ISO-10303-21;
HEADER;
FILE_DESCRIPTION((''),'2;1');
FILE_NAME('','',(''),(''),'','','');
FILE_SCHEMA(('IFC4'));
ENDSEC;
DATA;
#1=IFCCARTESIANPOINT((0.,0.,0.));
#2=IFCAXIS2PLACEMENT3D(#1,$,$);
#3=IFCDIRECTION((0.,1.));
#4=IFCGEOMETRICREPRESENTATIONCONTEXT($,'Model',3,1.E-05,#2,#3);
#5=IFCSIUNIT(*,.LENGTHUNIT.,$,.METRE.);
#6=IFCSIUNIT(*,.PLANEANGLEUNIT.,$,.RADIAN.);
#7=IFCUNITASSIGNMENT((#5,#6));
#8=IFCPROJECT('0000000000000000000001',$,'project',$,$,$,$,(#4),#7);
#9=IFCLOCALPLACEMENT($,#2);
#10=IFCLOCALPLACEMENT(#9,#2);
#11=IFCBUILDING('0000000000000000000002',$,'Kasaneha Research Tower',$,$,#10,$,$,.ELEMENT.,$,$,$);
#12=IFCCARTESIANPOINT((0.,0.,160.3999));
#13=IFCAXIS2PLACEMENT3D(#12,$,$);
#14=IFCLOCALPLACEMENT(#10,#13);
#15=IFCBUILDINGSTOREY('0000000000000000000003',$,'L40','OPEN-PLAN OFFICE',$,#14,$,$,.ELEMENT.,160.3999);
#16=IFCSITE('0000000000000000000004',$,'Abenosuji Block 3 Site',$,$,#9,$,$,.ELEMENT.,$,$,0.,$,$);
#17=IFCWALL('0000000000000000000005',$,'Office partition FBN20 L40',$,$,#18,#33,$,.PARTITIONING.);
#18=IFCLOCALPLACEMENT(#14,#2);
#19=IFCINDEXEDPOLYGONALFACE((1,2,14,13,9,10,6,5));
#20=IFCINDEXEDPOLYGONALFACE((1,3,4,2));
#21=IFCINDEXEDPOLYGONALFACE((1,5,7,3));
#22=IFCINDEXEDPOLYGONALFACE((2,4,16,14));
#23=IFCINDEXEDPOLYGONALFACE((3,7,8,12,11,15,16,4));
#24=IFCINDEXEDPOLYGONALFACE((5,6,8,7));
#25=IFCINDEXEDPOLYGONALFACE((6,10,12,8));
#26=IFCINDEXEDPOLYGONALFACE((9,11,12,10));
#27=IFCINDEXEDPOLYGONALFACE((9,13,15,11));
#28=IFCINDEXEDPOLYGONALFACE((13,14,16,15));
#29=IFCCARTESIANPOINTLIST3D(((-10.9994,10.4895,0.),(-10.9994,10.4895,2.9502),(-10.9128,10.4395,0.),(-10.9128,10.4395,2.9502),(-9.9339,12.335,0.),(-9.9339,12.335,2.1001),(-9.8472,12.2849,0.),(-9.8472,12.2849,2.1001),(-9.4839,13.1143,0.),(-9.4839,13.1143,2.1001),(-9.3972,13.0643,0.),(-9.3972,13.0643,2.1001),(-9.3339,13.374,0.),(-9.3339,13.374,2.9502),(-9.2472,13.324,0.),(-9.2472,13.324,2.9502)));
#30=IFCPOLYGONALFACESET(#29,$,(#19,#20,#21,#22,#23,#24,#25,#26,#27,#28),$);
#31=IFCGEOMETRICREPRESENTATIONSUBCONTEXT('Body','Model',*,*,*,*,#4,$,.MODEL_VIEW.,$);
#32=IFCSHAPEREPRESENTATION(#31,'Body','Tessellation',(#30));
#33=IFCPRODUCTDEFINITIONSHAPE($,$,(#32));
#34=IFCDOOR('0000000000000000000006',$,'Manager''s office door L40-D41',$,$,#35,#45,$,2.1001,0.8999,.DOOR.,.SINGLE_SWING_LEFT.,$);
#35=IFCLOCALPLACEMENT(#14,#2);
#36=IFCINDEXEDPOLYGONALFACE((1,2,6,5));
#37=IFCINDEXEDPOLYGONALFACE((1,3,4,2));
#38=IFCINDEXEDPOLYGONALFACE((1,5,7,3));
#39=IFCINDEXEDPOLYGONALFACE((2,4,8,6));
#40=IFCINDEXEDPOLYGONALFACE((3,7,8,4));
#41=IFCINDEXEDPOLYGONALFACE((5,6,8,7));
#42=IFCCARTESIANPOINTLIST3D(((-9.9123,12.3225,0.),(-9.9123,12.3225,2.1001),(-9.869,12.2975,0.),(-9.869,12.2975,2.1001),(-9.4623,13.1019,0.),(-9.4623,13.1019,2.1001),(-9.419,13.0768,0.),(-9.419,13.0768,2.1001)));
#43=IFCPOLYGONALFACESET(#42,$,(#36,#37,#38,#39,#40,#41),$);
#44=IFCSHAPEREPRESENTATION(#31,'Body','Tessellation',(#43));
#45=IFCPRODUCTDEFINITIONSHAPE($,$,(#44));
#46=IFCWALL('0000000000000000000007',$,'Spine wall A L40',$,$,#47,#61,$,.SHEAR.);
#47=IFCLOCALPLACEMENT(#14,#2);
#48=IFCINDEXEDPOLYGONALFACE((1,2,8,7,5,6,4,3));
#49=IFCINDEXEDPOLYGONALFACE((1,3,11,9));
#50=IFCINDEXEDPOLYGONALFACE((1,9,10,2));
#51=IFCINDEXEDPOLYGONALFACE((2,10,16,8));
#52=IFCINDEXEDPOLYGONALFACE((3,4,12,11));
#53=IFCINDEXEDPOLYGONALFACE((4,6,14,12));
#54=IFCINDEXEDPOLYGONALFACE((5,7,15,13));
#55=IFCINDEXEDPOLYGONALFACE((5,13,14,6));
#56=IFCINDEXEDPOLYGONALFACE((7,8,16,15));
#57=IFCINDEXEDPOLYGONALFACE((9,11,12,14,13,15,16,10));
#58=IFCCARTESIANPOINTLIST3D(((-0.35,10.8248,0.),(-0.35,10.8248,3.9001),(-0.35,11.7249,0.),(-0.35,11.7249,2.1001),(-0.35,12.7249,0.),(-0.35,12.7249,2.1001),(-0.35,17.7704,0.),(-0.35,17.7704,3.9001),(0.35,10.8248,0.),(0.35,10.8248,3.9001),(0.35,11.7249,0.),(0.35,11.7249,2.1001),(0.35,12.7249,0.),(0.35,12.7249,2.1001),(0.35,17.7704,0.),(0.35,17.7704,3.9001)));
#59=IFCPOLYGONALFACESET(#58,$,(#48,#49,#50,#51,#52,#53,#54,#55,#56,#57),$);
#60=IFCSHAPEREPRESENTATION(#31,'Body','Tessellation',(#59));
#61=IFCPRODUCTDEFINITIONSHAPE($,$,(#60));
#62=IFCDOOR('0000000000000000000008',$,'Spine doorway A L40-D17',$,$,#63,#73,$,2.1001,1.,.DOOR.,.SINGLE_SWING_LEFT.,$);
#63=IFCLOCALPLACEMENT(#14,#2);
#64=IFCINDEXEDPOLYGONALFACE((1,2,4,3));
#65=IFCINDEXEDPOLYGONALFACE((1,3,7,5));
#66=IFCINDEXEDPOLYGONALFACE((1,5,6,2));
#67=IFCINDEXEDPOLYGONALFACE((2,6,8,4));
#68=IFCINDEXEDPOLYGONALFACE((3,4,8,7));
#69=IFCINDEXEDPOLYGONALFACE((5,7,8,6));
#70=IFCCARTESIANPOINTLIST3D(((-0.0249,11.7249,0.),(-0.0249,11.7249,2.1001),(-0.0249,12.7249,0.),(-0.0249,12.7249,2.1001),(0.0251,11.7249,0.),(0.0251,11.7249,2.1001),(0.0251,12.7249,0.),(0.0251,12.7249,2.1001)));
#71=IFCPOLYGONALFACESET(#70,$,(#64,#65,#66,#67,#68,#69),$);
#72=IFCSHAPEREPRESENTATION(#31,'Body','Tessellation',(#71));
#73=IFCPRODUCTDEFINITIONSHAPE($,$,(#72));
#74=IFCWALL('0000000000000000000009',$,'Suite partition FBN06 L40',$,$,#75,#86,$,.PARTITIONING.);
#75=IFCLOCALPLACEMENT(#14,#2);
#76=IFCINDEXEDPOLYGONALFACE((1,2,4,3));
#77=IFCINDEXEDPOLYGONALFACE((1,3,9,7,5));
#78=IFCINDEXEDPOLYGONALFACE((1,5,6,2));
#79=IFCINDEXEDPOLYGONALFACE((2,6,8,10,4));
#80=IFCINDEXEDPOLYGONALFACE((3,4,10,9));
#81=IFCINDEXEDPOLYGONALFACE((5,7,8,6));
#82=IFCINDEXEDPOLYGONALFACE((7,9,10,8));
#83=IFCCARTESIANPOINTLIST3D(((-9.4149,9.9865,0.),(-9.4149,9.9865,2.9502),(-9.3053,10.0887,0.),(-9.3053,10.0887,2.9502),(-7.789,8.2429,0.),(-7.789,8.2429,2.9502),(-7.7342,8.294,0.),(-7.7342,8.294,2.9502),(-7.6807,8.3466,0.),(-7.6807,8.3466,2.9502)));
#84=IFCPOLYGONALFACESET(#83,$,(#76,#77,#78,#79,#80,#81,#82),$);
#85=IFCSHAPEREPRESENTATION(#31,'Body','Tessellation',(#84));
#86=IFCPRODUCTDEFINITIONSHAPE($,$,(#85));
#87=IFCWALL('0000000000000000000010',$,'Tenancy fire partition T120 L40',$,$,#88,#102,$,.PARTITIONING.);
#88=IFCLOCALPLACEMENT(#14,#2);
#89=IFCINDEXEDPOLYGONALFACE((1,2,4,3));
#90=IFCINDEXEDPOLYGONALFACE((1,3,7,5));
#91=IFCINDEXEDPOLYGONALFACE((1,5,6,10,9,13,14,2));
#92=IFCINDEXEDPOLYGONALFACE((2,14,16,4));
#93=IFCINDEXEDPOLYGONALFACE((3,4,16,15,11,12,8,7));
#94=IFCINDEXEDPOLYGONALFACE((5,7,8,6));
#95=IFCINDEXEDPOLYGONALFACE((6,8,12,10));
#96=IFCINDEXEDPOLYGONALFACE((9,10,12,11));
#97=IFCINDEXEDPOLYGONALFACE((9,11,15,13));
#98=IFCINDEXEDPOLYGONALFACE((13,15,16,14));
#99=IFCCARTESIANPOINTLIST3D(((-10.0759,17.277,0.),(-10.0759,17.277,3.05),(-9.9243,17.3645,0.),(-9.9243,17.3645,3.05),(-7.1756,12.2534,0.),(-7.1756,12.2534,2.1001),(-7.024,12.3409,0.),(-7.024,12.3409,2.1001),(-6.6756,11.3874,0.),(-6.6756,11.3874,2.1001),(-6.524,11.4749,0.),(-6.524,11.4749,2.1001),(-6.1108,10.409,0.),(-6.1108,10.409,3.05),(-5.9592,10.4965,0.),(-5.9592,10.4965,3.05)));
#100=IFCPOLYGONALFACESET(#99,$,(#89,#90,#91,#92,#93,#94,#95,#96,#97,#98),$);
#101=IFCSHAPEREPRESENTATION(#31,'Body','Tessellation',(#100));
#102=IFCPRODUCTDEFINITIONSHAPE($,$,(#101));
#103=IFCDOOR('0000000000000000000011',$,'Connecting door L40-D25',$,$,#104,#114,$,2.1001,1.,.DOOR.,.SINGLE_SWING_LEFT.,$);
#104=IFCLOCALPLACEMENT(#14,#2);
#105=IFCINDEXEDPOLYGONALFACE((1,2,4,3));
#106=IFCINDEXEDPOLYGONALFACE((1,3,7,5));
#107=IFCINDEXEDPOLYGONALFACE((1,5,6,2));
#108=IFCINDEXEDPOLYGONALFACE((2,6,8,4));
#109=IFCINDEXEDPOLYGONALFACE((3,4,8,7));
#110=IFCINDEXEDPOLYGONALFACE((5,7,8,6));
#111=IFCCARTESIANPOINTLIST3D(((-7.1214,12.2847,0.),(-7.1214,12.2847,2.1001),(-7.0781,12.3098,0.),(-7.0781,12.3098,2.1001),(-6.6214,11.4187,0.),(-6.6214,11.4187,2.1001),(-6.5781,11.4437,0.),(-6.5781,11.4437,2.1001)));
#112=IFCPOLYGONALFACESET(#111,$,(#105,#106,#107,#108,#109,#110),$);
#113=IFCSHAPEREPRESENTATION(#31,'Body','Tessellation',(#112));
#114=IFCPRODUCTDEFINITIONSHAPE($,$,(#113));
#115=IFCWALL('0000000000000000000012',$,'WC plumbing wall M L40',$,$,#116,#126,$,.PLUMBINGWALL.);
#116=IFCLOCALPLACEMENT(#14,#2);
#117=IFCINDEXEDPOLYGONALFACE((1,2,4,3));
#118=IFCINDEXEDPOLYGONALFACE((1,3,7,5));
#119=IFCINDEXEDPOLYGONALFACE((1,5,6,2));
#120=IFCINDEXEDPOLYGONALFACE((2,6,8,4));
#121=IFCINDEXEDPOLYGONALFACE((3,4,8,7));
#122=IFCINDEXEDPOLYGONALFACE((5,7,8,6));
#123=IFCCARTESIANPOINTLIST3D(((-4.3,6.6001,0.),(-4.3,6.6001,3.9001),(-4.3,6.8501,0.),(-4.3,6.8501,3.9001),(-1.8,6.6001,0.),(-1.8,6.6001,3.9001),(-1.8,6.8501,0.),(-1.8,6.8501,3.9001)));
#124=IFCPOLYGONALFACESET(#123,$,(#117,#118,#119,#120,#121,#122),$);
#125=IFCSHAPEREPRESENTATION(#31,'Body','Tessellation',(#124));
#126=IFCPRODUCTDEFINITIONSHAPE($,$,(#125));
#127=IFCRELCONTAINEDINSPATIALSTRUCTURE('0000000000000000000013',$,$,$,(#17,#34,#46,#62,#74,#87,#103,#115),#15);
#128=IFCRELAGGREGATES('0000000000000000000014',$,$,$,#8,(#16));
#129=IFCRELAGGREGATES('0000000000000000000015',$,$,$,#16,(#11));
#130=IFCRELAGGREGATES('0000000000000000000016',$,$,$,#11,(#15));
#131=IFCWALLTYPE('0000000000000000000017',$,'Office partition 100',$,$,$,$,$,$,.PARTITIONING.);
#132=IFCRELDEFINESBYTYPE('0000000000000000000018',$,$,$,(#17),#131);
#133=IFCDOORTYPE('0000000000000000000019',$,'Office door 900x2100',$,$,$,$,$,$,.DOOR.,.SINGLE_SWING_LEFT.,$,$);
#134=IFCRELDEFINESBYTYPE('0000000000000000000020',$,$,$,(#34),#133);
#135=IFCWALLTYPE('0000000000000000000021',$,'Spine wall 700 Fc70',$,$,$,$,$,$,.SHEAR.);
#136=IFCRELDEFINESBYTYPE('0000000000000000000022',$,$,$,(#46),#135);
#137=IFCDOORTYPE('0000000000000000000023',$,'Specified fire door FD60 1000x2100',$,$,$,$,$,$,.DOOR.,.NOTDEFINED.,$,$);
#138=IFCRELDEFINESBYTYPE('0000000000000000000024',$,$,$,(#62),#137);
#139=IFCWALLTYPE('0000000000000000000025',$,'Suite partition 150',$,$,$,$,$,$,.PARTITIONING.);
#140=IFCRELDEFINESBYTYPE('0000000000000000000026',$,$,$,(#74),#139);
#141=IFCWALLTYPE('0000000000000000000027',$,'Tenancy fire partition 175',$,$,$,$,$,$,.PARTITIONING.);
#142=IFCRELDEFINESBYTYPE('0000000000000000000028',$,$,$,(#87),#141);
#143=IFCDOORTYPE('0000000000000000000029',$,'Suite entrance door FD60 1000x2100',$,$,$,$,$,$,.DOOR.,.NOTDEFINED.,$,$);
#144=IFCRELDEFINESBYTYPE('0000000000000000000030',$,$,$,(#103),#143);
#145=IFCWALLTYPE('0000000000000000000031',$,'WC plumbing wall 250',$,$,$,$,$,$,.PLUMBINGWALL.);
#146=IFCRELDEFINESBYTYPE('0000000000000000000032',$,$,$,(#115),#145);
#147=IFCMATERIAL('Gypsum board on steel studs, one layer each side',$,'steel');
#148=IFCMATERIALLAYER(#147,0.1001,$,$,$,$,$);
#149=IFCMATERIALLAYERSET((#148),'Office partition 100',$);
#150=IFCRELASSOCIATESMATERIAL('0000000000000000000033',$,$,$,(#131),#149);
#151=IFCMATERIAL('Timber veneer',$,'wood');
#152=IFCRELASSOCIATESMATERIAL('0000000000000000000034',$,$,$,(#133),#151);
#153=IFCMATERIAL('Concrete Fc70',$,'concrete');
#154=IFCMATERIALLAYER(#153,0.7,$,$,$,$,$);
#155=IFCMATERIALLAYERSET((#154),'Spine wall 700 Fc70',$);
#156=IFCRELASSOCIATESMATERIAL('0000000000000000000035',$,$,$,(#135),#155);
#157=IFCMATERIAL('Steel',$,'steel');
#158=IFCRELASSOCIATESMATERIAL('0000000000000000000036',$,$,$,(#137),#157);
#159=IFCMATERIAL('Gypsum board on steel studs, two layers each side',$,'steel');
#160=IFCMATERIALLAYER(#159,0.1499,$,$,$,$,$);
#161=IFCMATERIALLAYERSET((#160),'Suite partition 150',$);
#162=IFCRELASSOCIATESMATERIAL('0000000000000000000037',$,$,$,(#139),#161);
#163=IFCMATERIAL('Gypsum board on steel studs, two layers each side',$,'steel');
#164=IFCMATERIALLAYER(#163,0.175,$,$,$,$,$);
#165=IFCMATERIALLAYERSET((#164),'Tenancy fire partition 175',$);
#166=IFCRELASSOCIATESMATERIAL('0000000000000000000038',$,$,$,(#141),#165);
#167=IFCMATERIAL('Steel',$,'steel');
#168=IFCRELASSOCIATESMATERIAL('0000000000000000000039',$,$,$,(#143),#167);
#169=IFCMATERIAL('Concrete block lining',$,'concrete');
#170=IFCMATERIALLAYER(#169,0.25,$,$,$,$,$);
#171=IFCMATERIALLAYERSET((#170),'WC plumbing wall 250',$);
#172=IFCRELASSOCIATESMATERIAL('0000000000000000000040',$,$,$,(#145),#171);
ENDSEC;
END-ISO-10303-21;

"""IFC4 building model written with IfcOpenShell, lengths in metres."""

from ifc_helpers import new_model, si_unit, direction, frame, frame_2d, origin, place, context, subcontext, project, spatial, polyline, rectangle, outline, extrude, material, layer, layer_set, type_object, element, fill, save


model = new_model("IFC4")

# Units and contexts
model_context = context("Model", 3, precision=1e-05, world=origin(), true_north=direction((0.0, 1.0)))
body_context = subcontext(model_context, "Body", "Model", "MODEL_VIEW")
ifc_project = project(units=[si_unit("LENGTHUNIT", "METRE"), si_unit("PLANEANGLEUNIT", "RADIAN")], contexts=[model_context])

# Site, building, storey
site_placement = place(None, origin())
site = spatial("IfcSite", under=ifc_project, at=site_placement, Name="Abenosuji Block 3 Site", CompositionType="ELEMENT", RefElevation=0.0)
building_placement = place(site_placement, origin())
building = spatial("IfcBuilding", under=site, at=building_placement, Name="Kasaneha Research Tower", CompositionType="ELEMENT")
storey_placement = place(building_placement, frame((0.0, 0.0, 160.3999)))
storey = spatial("IfcBuildingStorey", under=building, at=storey_placement, Name="L40", Description="OPEN-PLAN OFFICE", CompositionType="ELEMENT", Elevation=160.3999)

# Shared definitions
ifc_material_1 = material(Name="Gypsum board on steel studs, one layer each side", Category="steel")
ifc_layer_1 = layer(ifc_material_1, 0.1001)
ifc_layer_set_1 = layer_set([ifc_layer_1], Name="Office partition 100")
wall_type_1 = type_object("IfcWallType", Name="Office partition 100", PredefinedType="PARTITIONING", material=ifc_layer_set_1)

# Walls, openings, doors
wall_1_placement = place(storey_placement, frame((-9.2905, 13.3491, 0.0), z_axis=(0.0, 0.0, 1.0), x_axis=(-0.500033, -0.866006, 0.0)))
wall_1 = element("IfcWall", 1, at=wall_1_placement, inside=storey, type_object=wall_type_1, Name="Office partition FBN20 L40", PredefinedType="PARTITIONING", context=body_context, shape_type="SweptSolid", body=[
    extrude(rectangle(XDim=3.3308, YDim=0.1001, at=frame_2d((1.6655, 0.0))), origin(), (0.0, 0.0, 1.0), 2.9502),
])
opening_1_placement = place(wall_1_placement, frame((0.3, 0.0, 0.0)))
opening_1 = element("IfcOpeningElement", 2, at=opening_1_placement, cuts=wall_1, PredefinedType="OPENING", context=body_context, shape_type="SweptSolid", body=[
    extrude(rectangle(XDim=0.8999, YDim=2.1001, at=frame_2d((0.45, 1.05))), frame((0.0, 0.0601, 0.0), z_axis=(0.0, -1.0, 0.0), x_axis=(1.0, 0.0, 0.0)), (0.0, 0.0, 1.0), 0.1201),
])
ifc_material_2 = material(Name="Timber veneer", Category="wood")
door_type_1 = type_object("IfcDoorType", Name="Office door 900x2100", OperationType="SINGLE_SWING_LEFT", PredefinedType="DOOR", material=ifc_material_2)
door_1_placement = place(opening_1_placement, origin())
door_1 = element("IfcDoor", 3, at=door_1_placement, inside=storey, type_object=door_type_1, Name="Manager's office door L40-D41", OperationType="SINGLE_SWING_LEFT", OverallHeight=2.1001, OverallWidth=0.8999, PredefinedType="DOOR", context=body_context, shape_type="SweptSolid", body=[
    extrude(rectangle(XDim=0.8999, YDim=2.1001, at=frame_2d((0.45, 1.05))), frame((0.0, 0.0249, 0.0), z_axis=(0.0, -1.0, 0.0), x_axis=(1.0, 0.0, 0.0)), (0.0, 0.0, 1.0), 0.05),
])
fill(opening_1, door_1)
ifc_material_3 = material(Name="Concrete Fc70", Category="concrete")
ifc_layer_2 = layer(ifc_material_3, 0.7)
ifc_layer_set_2 = layer_set([ifc_layer_2], Name="Spine wall 700 Fc70")
wall_type_2 = type_object("IfcWallType", Name="Spine wall 700 Fc70", PredefinedType="SHEAR", material=ifc_layer_set_2)
wall_2_placement = place(storey_placement, frame((0.0, 10.825, 0.0), z_axis=(0.0, 0.0, 1.0), x_axis=(0.0, 1.0, 0.0)))
wall_2 = element("IfcWall", 4, at=wall_2_placement, inside=storey, type_object=wall_type_2, Name="Spine wall A L40", PredefinedType="SHEAR", context=body_context, shape_type="SweptSolid", body=[
    extrude(rectangle(XDim=6.9456, YDim=0.7, at=frame_2d((3.4727, 0.0))), origin(), (0.0, 0.0, 1.0), 3.9001),
])
opening_2_placement = place(wall_2_placement, frame((0.8999, 0.0, 0.0)))
opening_2 = element("IfcOpeningElement", 5, at=opening_2_placement, cuts=wall_2, PredefinedType="OPENING", context=body_context, shape_type="SweptSolid", body=[
    extrude(rectangle(XDim=1.0, YDim=2.1001, at=frame_2d((0.5, 1.05))), frame((0.0, 0.3599, 0.0), z_axis=(0.0, -1.0, 0.0), x_axis=(1.0, 0.0, 0.0)), (0.0, 0.0, 1.0), 0.72),
])
ifc_material_4 = material(Name="Steel", Category="steel")
door_type_2 = type_object("IfcDoorType", Name="Specified fire door FD60 1000x2100", OperationType="NOTDEFINED", PredefinedType="DOOR", material=ifc_material_4)
door_2_placement = place(opening_2_placement, origin())
door_2 = element("IfcDoor", 6, at=door_2_placement, inside=storey, type_object=door_type_2, Name="Spine doorway A L40-D17", OperationType="SINGLE_SWING_LEFT", OverallHeight=2.1001, OverallWidth=1.0, PredefinedType="DOOR", context=body_context, shape_type="SweptSolid", body=[
    extrude(rectangle(XDim=1.0, YDim=2.1001, at=frame_2d((0.5, 1.05))), frame((0.0, 0.0249, 0.0), z_axis=(0.0, -1.0, 0.0), x_axis=(1.0, 0.0, 0.0)), (0.0, 0.0, 1.0), 0.05),
])
fill(opening_2, door_2)

# Wall
ifc_material_5 = material(Name="Gypsum board on steel studs, two layers each side", Category="steel")
ifc_layer_3 = layer(ifc_material_5, 0.1499)
ifc_layer_set_3 = layer_set([ifc_layer_3], Name="Suite partition 150")
wall_type_3 = type_object("IfcWallType", Name="Suite partition 150", PredefinedType="PARTITIONING", material=ifc_layer_set_3)
wall_3_placement = place(storey_placement, frame((-9.3601, 10.0376, 0.0), z_axis=(0.0, 0.0, 1.0), x_axis=(0.681997, -0.731355, 0.0)))
element("IfcWall", 7, at=wall_3_placement, inside=storey, type_object=wall_type_3, Name="Suite partition FBN06 L40", PredefinedType="PARTITIONING", context=body_context, shape_type="SweptSolid", body=[
    extrude(outline(polyline([(0.0, -0.075), (2.384, -0.075), (2.384, 0.0), (2.3821, 0.075), (0.0, 0.075), (0.0, -0.075)])), origin(), (0.0, 0.0, 1.0), 2.9502),
])

# Wall, opening, door
ifc_material_6 = material(Name="Gypsum board on steel studs, two layers each side", Category="steel")
ifc_layer_4 = layer(ifc_material_6, 0.175)
ifc_layer_set_4 = layer_set([ifc_layer_4], Name="Tenancy fire partition 175")
wall_type_4 = type_object("IfcWallType", Name="Tenancy fire partition 175", PredefinedType="PARTITIONING", material=ifc_layer_set_4)
wall_4_placement = place(storey_placement, frame((-6.0349, 10.4526, 0.0), z_axis=(0.0, 0.0, 1.0), x_axis=(-0.49999, 0.866031, 0.0)))
wall_4 = element("IfcWall", 8, at=wall_4_placement, inside=storey, type_object=wall_type_4, Name="Tenancy fire partition T120 L40", PredefinedType="PARTITIONING", context=body_context, shape_type="SweptSolid", body=[
    extrude(rectangle(XDim=7.9304, YDim=0.175, at=frame_2d((3.9653, 0.0))), origin(), (0.0, 0.0, 1.0), 3.05),
])
opening_3_placement = place(wall_4_placement, frame((1.1299, 0.0, 0.0)))
opening_3 = element("IfcOpeningElement", 9, at=opening_3_placement, cuts=wall_4, PredefinedType="OPENING", context=body_context, shape_type="SweptSolid", body=[
    extrude(rectangle(XDim=1.0, YDim=2.1001, at=frame_2d((0.5, 1.05))), frame((0.0, 0.0977, 0.0), z_axis=(0.0, -1.0, 0.0), x_axis=(1.0, 0.0, 0.0)), (0.0, 0.0, 1.0), 0.1951),
])
ifc_material_7 = material(Name="Steel", Category="steel")
door_type_3 = type_object("IfcDoorType", Name="Suite entrance door FD60 1000x2100", OperationType="NOTDEFINED", PredefinedType="DOOR", material=ifc_material_7)
door_3_placement = place(opening_3_placement, origin())
door_3 = element("IfcDoor", 10, at=door_3_placement, inside=storey, type_object=door_type_3, Name="Connecting door L40-D25", OperationType="SINGLE_SWING_LEFT", OverallHeight=2.1001, OverallWidth=1.0, PredefinedType="DOOR", context=body_context, shape_type="SweptSolid", body=[
    extrude(rectangle(XDim=1.0, YDim=2.1001, at=frame_2d((0.5, 1.05))), frame((0.0, 0.0249, 0.0), z_axis=(0.0, -1.0, 0.0), x_axis=(1.0, 0.0, 0.0)), (0.0, 0.0, 1.0), 0.05),
])
fill(opening_3, door_3)

# Wall
ifc_material_8 = material(Name="Concrete block lining", Category="concrete")
ifc_layer_5 = layer(ifc_material_8, 0.25)
ifc_layer_set_5 = layer_set([ifc_layer_5], Name="WC plumbing wall 250")
wall_type_5 = type_object("IfcWallType", Name="WC plumbing wall 250", PredefinedType="PLUMBINGWALL", material=ifc_layer_set_5)
wall_5_placement = place(storey_placement, frame((-4.3, 6.7251, 0.0), z_axis=(0.0, 0.0, 1.0), x_axis=(1.0, 0.0, 0.0)))
element("IfcWall", 11, at=wall_5_placement, inside=storey, type_object=wall_type_5, Name="WC plumbing wall M L40", PredefinedType="PLUMBINGWALL", context=body_context, shape_type="SweptSolid", body=[
    extrude(rectangle(XDim=2.5, YDim=0.25, at=frame_2d((1.25, 0.0))), origin(), (0.0, 0.0, 1.0), 3.9001),
])

save(model, "model.ifc")
